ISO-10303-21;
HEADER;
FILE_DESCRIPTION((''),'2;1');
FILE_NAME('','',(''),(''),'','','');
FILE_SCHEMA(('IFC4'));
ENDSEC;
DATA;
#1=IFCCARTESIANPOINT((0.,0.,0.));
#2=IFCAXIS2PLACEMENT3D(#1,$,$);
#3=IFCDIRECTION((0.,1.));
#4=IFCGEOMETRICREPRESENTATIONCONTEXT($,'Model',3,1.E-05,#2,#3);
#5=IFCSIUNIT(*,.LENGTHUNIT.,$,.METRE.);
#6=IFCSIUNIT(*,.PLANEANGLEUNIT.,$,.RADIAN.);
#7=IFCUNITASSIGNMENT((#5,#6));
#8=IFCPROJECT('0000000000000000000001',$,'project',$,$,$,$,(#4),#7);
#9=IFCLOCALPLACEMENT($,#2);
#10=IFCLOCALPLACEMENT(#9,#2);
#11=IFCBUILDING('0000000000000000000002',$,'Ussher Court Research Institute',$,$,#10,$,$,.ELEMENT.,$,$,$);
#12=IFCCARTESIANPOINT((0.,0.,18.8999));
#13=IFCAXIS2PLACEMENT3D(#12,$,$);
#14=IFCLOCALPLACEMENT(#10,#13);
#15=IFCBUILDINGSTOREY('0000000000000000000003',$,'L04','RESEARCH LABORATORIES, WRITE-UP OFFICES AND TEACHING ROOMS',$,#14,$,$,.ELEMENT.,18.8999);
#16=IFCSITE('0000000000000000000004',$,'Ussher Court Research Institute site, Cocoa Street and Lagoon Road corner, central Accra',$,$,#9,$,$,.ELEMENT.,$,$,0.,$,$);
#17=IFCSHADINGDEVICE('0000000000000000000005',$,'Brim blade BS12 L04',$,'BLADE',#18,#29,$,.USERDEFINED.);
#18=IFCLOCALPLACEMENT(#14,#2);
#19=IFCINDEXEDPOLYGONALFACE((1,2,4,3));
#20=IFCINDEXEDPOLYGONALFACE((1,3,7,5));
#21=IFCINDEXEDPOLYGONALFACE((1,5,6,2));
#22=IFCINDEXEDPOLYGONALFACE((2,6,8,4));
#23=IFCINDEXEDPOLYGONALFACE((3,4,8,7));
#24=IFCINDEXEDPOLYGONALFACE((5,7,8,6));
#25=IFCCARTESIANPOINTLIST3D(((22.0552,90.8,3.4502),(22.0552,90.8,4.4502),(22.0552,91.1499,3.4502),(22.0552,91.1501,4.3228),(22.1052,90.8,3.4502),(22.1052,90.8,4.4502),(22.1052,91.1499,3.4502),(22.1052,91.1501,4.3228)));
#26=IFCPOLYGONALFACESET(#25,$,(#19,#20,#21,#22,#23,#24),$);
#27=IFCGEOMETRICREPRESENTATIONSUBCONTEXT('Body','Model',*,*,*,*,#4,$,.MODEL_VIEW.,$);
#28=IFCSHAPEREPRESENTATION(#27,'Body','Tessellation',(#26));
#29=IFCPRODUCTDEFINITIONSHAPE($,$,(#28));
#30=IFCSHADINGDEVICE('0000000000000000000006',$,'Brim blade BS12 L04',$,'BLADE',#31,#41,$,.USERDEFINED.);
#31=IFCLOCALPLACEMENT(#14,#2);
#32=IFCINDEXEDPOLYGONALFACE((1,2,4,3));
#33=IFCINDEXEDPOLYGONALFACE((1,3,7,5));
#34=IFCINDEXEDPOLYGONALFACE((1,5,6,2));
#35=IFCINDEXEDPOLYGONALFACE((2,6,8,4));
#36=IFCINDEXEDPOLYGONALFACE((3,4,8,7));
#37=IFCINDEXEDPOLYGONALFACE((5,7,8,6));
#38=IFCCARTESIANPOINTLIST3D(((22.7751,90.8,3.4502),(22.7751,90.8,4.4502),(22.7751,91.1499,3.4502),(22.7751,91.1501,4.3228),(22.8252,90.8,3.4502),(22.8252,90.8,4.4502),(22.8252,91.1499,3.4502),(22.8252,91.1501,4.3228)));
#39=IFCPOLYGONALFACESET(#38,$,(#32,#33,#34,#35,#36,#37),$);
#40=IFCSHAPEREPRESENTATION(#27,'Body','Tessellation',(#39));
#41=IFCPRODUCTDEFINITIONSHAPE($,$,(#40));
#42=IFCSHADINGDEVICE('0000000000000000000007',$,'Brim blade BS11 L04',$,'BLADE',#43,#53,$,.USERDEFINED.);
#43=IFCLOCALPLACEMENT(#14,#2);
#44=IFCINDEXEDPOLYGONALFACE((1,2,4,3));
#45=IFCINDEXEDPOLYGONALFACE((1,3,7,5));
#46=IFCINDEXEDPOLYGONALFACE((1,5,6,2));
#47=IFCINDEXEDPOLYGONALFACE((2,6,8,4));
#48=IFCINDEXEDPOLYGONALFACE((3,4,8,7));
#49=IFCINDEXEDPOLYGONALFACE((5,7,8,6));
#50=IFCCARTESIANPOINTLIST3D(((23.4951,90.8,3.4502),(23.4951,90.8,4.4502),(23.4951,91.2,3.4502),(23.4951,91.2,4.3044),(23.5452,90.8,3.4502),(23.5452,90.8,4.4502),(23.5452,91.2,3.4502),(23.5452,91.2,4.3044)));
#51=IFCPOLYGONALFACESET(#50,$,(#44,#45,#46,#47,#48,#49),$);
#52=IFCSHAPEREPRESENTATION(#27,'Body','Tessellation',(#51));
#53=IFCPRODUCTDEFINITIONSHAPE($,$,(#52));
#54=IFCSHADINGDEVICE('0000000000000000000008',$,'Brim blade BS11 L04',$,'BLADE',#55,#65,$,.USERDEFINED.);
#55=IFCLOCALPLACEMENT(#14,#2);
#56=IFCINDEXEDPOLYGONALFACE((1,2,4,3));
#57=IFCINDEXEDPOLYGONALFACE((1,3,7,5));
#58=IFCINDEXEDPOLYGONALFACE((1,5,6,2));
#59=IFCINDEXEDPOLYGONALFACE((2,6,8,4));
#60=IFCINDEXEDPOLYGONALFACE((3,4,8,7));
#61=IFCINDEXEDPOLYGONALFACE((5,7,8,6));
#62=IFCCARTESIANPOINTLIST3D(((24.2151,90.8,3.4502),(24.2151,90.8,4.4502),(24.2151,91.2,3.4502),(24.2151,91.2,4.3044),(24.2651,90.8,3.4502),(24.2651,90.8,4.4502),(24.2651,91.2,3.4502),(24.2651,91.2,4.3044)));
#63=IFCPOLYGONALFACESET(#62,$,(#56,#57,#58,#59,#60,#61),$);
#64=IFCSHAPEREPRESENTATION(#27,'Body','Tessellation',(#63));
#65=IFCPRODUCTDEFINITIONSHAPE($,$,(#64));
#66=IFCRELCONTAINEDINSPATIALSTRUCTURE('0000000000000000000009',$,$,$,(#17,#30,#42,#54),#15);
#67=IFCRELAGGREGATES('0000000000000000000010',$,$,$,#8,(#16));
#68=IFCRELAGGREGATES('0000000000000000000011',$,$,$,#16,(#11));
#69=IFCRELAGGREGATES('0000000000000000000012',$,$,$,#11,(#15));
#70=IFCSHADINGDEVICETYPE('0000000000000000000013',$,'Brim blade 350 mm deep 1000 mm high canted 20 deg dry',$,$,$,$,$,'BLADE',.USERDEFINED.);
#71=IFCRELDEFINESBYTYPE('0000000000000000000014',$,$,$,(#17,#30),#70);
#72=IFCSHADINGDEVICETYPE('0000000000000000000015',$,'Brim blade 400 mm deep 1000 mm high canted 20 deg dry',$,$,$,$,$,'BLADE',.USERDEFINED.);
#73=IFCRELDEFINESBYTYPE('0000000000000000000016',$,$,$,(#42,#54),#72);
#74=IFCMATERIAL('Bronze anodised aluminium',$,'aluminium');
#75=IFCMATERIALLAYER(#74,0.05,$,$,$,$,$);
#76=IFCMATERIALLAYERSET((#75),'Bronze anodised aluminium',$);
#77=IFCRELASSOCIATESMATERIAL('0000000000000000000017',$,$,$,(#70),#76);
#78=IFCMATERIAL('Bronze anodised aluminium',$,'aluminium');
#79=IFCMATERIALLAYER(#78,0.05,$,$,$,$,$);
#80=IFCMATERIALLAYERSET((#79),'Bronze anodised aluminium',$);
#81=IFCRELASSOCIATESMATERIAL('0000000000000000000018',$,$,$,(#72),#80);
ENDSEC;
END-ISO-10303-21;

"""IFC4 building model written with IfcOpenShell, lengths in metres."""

from ifc_helpers import new_model, si_unit, direction, frame, origin, place, context, subcontext, project, spatial, polyline, outline, extrude, material, layer, layer_set, type_object, element, save


model = new_model("IFC4")

# Units and contexts
model_context = context("Model", 3, precision=1e-05, world=origin(), true_north=direction((0.0, 1.0)))
body_context = subcontext(model_context, "Body", "Model", "MODEL_VIEW")
ifc_project = project(units=[si_unit("LENGTHUNIT", "METRE"), si_unit("PLANEANGLEUNIT", "RADIAN")], contexts=[model_context])

# Site, building, storey
site_placement = place(None, origin())
site = spatial("IfcSite", under=ifc_project, at=site_placement, Name="Ussher Court Research Institute site, Cocoa Street and Lagoon Road corner, central Accra", CompositionType="ELEMENT", RefElevation=0.0)
building_placement = place(site_placement, origin())
building = spatial("IfcBuilding", under=site, at=building_placement, Name="Ussher Court Research Institute", CompositionType="ELEMENT")
storey_placement = place(building_placement, frame((0.0, 0.0, 18.8999)))
storey = spatial("IfcBuildingStorey", under=building, at=storey_placement, Name="L04", Description="RESEARCH LABORATORIES, WRITE-UP OFFICES AND TEACHING ROOMS", CompositionType="ELEMENT", Elevation=18.8999)

# Shading devices
ifc_material_1 = material(Name="Bronze anodised aluminium", Category="aluminium")
ifc_layer_1 = layer(ifc_material_1, 0.05)
ifc_layer_set_1 = layer_set([ifc_layer_1], Name="Bronze anodised aluminium")
shading_device_type_1 = type_object("IfcShadingDeviceType", Name="Brim blade 350 mm deep 1000 mm high canted 20 deg dry", ElementType="BLADE", PredefinedType="USERDEFINED", material=ifc_layer_set_1)
for number, where, z_axis, x_axis, name in (
    (1, (22.0801, 90.8, 3.4502), (0.0, 0.0, 1.0), (0.0, 1.0, 0.0), "Brim blade BS12 L04"),
    (2, (22.8, 90.8, 3.4502), (0.0, 0.0, 1.0), (0.0, 1.0, 0.0), "Brim blade BS12 L04"),
):
    element("IfcShadingDevice", number, at=place(storey_placement, frame(where, z_axis=z_axis, x_axis=x_axis)), inside=storey, type_object=shading_device_type_1, Name=name, ObjectType="BLADE", PredefinedType="USERDEFINED", context=body_context, shape_type="SweptSolid", body=[
        extrude(outline(polyline([(0.0, 0.0), (0.3499, 0.0), (0.3501, 0.8726), (0.0, 1.0), (0.0, 0.0)])), frame((0.0, 0.0249, 0.0), z_axis=(0.0, -1.0, 0.0), x_axis=(1.0, 0.0, 0.0)), (0.0, 0.0, 1.0), 0.05),
    ])
ifc_material_2 = material(Name="Bronze anodised aluminium", Category="aluminium")
ifc_layer_2 = layer(ifc_material_2, 0.05)
ifc_layer_set_2 = layer_set([ifc_layer_2], Name="Bronze anodised aluminium")
shading_device_type_2 = type_object("IfcShadingDeviceType", Name="Brim blade 400 mm deep 1000 mm high canted 20 deg dry", ElementType="BLADE", PredefinedType="USERDEFINED", material=ifc_layer_set_2)
for number, where, z_axis, x_axis, name in (
    (3, (23.52, 90.8, 3.4502), (0.0, 0.0, 1.0), (0.0, 1.0, 0.0), "Brim blade BS11 L04"),
    (4, (24.24, 90.8, 3.4502), (0.0, 0.0, 1.0), (0.0, 1.0, 0.0), "Brim blade BS11 L04"),
):
    element("IfcShadingDevice", number, at=place(storey_placement, frame(where, z_axis=z_axis, x_axis=x_axis)), inside=storey, type_object=shading_device_type_2, Name=name, ObjectType="BLADE", PredefinedType="USERDEFINED", context=body_context, shape_type="SweptSolid", body=[
        extrude(outline(polyline([(0.0, 0.0), (0.3999, 0.0), (0.3999, 0.8542), (0.0, 1.0), (0.0, 0.0)])), frame((0.0, 0.0249, 0.0), z_axis=(0.0, -1.0, 0.0), x_axis=(1.0, 0.0, 0.0)), (0.0, 0.0, 1.0), 0.05),
    ])

save(model, "model.ifc")
